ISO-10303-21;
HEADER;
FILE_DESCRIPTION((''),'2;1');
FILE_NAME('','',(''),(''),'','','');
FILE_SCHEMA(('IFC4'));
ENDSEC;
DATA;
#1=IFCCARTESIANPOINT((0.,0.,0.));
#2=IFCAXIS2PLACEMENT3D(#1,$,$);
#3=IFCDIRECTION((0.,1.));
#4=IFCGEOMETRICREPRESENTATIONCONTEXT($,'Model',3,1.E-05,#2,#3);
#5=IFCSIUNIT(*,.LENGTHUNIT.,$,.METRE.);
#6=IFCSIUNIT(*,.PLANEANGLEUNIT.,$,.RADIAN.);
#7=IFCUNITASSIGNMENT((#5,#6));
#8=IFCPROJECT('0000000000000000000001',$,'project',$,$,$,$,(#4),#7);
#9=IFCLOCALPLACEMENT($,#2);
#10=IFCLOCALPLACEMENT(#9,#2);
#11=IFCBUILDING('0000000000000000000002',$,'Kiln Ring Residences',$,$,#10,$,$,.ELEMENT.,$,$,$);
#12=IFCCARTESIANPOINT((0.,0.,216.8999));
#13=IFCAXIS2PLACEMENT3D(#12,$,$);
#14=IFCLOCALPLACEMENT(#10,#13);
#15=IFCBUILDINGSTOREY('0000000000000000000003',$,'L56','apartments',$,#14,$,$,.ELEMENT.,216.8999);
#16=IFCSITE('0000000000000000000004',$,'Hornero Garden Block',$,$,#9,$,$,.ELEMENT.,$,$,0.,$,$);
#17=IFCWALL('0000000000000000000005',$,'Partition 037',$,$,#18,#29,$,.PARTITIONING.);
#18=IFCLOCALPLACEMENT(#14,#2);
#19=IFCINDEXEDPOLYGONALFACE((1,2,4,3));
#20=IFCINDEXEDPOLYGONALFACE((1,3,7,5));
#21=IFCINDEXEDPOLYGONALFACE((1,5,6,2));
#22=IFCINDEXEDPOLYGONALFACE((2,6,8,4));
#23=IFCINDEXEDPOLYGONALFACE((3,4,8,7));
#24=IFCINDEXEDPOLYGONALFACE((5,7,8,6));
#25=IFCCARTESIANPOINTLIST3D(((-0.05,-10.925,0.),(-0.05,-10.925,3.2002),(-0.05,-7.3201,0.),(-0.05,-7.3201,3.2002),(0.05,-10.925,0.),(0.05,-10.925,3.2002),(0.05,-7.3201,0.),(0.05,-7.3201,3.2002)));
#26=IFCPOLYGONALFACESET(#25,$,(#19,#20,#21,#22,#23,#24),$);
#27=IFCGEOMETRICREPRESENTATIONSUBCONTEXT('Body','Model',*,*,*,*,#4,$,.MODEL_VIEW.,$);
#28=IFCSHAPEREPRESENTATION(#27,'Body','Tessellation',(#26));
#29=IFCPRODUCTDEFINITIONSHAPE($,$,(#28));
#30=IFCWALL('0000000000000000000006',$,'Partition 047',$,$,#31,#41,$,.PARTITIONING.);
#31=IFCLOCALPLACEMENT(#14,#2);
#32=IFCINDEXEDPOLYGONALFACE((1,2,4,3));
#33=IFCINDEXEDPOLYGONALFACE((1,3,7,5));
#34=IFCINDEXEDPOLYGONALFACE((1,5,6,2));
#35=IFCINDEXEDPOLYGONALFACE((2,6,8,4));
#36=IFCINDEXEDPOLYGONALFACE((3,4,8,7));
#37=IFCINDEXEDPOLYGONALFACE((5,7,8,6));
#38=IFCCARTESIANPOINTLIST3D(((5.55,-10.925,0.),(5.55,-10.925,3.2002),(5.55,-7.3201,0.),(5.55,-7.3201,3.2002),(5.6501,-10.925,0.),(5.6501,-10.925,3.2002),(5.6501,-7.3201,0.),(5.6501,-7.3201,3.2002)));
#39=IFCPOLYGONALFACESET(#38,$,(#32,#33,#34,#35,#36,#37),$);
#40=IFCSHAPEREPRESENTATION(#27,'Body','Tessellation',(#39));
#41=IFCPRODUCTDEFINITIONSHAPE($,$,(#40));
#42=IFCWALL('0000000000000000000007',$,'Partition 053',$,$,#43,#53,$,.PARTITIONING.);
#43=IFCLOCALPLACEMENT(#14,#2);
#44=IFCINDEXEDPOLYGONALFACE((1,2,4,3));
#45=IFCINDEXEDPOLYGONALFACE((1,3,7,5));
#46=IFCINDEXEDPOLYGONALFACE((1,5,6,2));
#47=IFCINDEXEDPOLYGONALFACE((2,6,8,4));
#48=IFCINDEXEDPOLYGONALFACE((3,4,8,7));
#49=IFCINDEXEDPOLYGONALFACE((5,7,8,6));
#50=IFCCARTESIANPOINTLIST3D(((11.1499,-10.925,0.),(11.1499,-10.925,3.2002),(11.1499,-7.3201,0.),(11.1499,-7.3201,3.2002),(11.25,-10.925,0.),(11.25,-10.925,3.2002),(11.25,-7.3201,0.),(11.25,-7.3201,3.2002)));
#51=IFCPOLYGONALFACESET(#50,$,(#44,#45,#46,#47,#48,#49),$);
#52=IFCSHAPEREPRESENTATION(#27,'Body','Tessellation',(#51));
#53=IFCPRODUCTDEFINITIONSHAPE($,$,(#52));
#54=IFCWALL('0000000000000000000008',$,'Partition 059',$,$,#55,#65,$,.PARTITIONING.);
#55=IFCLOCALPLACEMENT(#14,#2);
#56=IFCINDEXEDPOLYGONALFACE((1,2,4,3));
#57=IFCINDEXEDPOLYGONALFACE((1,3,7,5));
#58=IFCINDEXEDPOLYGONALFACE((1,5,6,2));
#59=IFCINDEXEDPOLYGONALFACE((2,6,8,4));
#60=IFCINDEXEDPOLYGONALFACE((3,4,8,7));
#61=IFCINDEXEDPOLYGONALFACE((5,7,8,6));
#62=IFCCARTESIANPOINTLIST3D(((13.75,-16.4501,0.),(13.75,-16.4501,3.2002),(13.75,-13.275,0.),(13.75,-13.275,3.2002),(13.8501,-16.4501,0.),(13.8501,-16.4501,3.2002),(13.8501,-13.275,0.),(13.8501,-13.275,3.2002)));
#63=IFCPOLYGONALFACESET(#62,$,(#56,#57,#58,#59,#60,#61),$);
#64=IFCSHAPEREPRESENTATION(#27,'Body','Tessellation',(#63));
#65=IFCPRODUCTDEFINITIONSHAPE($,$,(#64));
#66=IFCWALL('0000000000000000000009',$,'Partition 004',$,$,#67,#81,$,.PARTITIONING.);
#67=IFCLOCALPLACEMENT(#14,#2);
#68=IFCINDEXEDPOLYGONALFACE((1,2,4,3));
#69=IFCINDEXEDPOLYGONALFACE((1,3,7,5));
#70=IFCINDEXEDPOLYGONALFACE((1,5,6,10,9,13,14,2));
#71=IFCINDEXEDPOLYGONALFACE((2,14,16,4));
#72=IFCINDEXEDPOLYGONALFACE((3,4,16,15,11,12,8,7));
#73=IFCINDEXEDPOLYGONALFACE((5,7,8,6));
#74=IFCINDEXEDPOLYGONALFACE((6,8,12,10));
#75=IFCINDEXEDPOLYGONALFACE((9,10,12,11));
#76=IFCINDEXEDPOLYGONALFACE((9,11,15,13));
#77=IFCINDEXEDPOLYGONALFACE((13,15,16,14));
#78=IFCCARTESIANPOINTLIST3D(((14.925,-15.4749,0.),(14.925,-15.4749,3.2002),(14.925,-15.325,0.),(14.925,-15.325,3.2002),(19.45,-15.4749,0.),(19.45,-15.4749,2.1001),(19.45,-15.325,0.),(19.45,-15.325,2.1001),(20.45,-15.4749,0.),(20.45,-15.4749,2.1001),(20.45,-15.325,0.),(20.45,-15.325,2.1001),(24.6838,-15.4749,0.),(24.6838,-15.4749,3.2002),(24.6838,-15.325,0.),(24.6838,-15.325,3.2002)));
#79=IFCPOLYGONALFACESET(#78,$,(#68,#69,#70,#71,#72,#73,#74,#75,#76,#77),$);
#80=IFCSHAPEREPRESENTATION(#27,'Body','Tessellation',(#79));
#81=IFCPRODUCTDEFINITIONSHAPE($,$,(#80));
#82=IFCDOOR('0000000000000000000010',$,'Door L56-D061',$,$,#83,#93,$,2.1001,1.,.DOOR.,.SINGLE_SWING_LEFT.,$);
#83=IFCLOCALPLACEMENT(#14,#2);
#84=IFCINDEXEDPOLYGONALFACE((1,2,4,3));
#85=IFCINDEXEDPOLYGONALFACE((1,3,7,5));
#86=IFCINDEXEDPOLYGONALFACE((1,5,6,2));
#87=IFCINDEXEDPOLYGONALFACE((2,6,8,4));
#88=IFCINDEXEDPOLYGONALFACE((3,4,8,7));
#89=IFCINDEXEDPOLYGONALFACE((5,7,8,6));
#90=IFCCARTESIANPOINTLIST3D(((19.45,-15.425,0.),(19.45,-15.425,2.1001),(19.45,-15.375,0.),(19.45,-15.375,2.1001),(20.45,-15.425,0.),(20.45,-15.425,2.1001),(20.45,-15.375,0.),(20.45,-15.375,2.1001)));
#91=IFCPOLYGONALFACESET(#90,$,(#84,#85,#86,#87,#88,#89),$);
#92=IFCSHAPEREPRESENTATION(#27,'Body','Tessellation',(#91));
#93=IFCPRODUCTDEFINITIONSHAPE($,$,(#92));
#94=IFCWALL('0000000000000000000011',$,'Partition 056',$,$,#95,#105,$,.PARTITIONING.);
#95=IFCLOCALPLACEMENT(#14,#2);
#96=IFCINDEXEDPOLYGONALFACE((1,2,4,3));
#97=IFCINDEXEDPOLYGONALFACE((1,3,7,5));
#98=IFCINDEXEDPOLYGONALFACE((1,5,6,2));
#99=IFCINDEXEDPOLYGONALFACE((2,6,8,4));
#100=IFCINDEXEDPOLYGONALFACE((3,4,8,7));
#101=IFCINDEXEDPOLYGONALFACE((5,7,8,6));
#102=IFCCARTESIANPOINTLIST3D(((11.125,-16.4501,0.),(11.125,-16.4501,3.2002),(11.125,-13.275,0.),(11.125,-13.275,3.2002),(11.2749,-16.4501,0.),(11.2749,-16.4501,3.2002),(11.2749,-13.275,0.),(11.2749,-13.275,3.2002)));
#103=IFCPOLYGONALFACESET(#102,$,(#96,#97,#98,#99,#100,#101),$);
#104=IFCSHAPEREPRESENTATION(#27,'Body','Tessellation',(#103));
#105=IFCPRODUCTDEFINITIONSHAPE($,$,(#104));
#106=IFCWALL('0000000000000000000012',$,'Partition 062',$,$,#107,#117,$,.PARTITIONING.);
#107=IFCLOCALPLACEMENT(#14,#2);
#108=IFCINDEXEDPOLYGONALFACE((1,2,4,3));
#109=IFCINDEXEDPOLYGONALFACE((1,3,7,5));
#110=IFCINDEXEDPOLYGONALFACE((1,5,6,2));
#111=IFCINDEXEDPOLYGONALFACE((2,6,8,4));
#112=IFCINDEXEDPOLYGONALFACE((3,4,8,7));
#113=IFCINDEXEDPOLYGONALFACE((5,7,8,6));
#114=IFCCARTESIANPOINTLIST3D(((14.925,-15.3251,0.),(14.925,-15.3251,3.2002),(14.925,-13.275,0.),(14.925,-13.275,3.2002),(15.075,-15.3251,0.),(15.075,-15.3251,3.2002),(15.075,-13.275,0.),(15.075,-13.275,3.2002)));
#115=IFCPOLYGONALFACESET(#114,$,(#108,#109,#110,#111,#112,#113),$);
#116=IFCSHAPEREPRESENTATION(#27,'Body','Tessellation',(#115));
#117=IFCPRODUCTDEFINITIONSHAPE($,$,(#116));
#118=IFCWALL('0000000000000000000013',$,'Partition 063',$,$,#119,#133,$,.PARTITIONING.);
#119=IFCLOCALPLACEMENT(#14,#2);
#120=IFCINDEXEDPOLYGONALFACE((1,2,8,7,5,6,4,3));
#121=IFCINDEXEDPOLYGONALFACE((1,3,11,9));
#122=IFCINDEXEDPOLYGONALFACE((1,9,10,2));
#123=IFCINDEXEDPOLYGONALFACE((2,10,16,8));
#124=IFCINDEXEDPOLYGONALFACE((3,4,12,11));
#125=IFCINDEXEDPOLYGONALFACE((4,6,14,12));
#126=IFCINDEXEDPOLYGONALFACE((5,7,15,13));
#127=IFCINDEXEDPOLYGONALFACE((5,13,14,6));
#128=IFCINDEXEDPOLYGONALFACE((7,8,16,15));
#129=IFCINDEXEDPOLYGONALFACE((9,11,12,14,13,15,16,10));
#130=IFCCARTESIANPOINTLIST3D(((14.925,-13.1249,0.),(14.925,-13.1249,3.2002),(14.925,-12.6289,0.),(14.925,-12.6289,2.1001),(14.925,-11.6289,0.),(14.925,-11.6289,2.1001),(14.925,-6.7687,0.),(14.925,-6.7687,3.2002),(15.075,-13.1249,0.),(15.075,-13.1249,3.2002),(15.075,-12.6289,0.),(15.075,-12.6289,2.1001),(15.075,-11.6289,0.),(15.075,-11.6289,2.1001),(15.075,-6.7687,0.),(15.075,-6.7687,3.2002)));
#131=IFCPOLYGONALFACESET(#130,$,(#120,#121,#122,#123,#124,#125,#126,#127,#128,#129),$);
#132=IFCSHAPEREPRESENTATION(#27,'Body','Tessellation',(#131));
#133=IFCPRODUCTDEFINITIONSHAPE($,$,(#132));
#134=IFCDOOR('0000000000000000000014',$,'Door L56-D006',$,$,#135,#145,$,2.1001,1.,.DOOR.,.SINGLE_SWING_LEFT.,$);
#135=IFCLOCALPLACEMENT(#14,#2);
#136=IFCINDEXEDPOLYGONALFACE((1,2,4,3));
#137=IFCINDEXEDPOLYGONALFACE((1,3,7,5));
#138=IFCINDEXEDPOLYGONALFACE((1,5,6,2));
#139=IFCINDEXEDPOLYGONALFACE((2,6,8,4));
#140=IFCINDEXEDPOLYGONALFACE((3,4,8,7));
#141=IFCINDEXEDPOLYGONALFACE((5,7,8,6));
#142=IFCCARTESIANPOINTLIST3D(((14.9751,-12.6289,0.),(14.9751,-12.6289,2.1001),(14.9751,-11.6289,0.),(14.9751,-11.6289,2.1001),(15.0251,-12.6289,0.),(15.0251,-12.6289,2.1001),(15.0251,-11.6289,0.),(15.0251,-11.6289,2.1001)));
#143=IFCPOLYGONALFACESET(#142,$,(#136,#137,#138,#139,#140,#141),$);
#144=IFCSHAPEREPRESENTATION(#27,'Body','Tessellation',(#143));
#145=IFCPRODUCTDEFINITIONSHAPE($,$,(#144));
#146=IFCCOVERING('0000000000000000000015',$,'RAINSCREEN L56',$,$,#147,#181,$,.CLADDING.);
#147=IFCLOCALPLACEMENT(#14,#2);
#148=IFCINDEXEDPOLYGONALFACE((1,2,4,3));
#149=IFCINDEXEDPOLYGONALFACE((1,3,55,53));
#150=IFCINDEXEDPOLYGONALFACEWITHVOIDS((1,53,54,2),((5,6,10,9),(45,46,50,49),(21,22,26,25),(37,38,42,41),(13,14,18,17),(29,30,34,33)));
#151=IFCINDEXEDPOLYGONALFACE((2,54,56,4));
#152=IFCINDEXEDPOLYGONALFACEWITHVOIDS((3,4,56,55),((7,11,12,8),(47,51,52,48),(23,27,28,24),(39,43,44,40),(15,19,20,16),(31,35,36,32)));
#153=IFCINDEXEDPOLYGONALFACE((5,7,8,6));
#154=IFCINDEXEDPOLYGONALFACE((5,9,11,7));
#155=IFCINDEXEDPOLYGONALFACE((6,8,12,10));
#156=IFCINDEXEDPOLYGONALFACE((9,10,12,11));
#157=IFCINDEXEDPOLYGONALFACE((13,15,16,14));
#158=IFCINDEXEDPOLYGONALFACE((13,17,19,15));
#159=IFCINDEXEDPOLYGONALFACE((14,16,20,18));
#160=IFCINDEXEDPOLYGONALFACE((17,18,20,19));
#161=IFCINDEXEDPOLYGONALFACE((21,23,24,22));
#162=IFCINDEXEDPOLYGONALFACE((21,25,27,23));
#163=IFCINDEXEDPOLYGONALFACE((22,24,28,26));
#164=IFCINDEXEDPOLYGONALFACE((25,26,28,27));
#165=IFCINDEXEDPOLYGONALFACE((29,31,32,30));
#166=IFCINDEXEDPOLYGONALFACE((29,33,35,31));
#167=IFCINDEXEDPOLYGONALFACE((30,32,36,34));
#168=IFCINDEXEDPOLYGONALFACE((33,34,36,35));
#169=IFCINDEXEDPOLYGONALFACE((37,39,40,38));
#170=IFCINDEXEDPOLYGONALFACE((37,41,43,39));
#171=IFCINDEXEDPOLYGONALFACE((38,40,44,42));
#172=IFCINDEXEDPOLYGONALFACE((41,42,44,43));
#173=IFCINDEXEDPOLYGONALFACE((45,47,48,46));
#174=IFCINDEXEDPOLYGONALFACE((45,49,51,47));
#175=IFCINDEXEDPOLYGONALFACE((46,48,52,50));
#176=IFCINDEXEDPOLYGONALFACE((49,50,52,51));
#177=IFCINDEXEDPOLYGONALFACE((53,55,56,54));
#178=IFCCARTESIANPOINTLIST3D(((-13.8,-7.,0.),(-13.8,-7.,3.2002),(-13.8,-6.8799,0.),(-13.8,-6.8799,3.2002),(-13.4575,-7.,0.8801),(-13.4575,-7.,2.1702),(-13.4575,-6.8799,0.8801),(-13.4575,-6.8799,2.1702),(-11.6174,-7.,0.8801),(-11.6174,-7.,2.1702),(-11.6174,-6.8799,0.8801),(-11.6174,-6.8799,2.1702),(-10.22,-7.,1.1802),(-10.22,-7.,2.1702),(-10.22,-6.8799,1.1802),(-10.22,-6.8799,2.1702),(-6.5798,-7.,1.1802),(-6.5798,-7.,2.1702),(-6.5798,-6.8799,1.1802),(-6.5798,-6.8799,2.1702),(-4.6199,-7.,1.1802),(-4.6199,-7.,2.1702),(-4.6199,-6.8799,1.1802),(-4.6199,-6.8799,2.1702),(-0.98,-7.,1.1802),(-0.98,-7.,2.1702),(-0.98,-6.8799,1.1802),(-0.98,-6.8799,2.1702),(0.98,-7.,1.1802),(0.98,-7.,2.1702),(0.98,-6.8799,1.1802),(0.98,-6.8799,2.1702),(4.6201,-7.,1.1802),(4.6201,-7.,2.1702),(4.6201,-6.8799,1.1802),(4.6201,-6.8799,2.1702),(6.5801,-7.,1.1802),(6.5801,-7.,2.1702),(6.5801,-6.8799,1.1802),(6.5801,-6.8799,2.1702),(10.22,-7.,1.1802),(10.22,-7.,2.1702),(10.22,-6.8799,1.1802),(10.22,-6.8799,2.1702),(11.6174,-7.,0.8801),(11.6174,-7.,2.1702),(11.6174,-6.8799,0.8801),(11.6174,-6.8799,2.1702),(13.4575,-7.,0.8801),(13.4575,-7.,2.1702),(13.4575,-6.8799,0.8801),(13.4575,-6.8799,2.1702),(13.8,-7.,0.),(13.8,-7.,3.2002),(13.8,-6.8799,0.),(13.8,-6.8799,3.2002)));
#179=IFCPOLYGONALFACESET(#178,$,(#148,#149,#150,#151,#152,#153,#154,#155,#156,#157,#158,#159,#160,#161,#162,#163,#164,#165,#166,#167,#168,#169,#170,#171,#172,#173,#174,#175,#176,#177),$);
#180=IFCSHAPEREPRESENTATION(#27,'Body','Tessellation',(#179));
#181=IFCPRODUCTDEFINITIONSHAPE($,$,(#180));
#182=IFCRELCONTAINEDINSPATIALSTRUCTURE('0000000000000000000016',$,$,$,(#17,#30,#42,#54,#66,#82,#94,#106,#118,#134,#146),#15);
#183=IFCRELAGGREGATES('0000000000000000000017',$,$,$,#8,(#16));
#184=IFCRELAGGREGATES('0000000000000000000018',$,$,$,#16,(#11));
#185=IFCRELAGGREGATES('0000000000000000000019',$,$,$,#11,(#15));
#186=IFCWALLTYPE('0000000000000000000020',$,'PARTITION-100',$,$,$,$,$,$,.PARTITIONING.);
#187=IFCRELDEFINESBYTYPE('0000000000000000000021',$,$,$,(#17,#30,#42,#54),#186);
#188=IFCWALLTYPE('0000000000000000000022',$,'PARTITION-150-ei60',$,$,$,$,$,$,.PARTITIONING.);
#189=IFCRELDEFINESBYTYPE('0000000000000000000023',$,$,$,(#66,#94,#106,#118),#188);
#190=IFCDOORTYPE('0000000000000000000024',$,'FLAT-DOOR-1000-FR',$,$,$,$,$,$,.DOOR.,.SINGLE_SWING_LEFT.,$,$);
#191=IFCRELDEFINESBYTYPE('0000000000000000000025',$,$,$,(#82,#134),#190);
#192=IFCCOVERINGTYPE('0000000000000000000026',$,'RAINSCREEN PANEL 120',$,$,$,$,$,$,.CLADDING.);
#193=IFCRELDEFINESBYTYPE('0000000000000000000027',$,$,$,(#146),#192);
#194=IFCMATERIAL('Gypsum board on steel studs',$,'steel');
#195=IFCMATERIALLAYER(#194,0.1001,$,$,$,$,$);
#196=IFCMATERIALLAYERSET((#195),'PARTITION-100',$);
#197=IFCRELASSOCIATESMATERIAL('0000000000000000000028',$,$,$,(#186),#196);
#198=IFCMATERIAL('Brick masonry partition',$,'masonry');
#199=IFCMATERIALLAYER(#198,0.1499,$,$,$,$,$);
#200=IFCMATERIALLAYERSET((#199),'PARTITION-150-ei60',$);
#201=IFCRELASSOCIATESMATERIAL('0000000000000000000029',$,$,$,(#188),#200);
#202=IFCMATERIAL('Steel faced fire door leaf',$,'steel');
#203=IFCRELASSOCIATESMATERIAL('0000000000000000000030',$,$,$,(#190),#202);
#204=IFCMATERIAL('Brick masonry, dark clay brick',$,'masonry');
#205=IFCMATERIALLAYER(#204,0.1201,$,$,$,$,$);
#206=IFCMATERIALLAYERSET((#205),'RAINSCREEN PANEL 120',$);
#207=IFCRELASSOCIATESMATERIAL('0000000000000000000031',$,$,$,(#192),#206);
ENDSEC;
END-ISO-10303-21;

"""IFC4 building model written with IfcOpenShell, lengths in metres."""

from ifc_helpers import new_model, si_unit, direction, frame, frame_2d, origin, place, context, subcontext, project, spatial, polyline, rectangle, outline, extrude, material, layer, layer_set, type_object, element, fill, save


model = new_model("IFC4")

# Units and contexts
model_context = context("Model", 3, precision=1e-05, world=origin(), true_north=direction((0.0, 1.0)))
body_context = subcontext(model_context, "Body", "Model", "MODEL_VIEW")
ifc_project = project(units=[si_unit("LENGTHUNIT", "METRE"), si_unit("PLANEANGLEUNIT", "RADIAN")], contexts=[model_context])

# Site, building, storey
site_placement = place(None, origin())
site = spatial("IfcSite", under=ifc_project, at=site_placement, Name="Hornero Garden Block", CompositionType="ELEMENT", RefElevation=0.0)
building_placement = place(site_placement, origin())
building = spatial("IfcBuilding", under=site, at=building_placement, Name="Kiln Ring Residences", CompositionType="ELEMENT")
storey_placement = place(building_placement, frame((0.0, 0.0, 216.8999)))
storey = spatial("IfcBuildingStorey", under=building, at=storey_placement, Name="L56", Description="apartments", CompositionType="ELEMENT", Elevation=216.8999)

# Walls
ifc_material_1 = material(Name="Gypsum board on steel studs", Category="steel")
ifc_layer_1 = layer(ifc_material_1, 0.1001)
ifc_layer_set_1 = layer_set([ifc_layer_1], Name="PARTITION-100")
wall_type_1 = type_object("IfcWallType", Name="PARTITION-100", PredefinedType="PARTITIONING", material=ifc_layer_set_1)
for number, where, z_axis, x_axis, name in (
    (1, (0.0, -10.925, 0.0), (0.0, 0.0, 1.0), (0.0, 1.0, 0.0), "Partition 037"),
    (2, (5.6001, -10.925, 0.0), (0.0, 0.0, 1.0), (0.0, 1.0, 0.0), "Partition 047"),
    (3, (11.2, -10.925, 0.0), (0.0, 0.0, 1.0), (0.0, 1.0, 0.0), "Partition 053"),
):
    element("IfcWall", number, at=place(storey_placement, frame(where, z_axis=z_axis, x_axis=x_axis)), inside=storey, type_object=wall_type_1, Name=name, PredefinedType="PARTITIONING", context=body_context, shape_type="SweptSolid", body=[
        extrude(rectangle(XDim=3.605, YDim=0.1001, at=frame_2d((1.8025, 0.0))), origin(), (0.0, 0.0, 1.0), 3.2002),
    ])
wall_1_placement = place(storey_placement, frame((13.8, -16.45, 0.0), z_axis=(0.0, 0.0, 1.0), x_axis=(0.0, 1.0, 0.0)))
element("IfcWall", 4, at=wall_1_placement, inside=storey, type_object=wall_type_1, Name="Partition 059", PredefinedType="PARTITIONING", context=body_context, shape_type="SweptSolid", body=[
    extrude(rectangle(XDim=3.175, YDim=0.1001, at=frame_2d((1.5874, 0.0))), origin(), (0.0, 0.0, 1.0), 3.2002),
])

# Wall, opening, door
ifc_material_2 = material(Name="Brick masonry partition", Category="masonry")
ifc_layer_2 = layer(ifc_material_2, 0.1499)
ifc_layer_set_2 = layer_set([ifc_layer_2], Name="PARTITION-150-ei60")
wall_type_2 = type_object("IfcWallType", Name="PARTITION-150-ei60", PredefinedType="PARTITIONING", material=ifc_layer_set_2)
wall_2_placement = place(storey_placement, frame((14.925, -15.3999, 0.0), z_axis=(0.0, 0.0, 1.0), x_axis=(1.0, 0.0, 0.0)))
wall_2 = element("IfcWall", 5, at=wall_2_placement, inside=storey, type_object=wall_type_2, Name="Partition 004", PredefinedType="PARTITIONING", context=body_context, shape_type="SweptSolid", body=[
    extrude(rectangle(XDim=9.7588, YDim=0.1499, at=frame_2d((4.8794, 0.0))), origin(), (0.0, 0.0, 1.0), 3.2002),
])
opening_1_placement = place(wall_2_placement, frame((4.5249, 0.0, 0.0)))
opening_1 = element("IfcOpeningElement", 6, at=opening_1_placement, cuts=wall_2, PredefinedType="OPENING", context=body_context, shape_type="SweptSolid", body=[
    extrude(rectangle(XDim=1.0, YDim=2.1001, at=frame_2d((0.5, 1.05))), frame((0.0, 0.085, 0.0), z_axis=(0.0, -1.0, 0.0), x_axis=(1.0, 0.0, 0.0)), (0.0, 0.0, 1.0), 0.1699),
])
ifc_material_3 = material(Name="Steel faced fire door leaf", Category="steel")
door_type = type_object("IfcDoorType", Name="FLAT-DOOR-1000-FR", OperationType="SINGLE_SWING_LEFT", PredefinedType="DOOR", material=ifc_material_3)
door_1_placement = place(opening_1_placement, origin())
door_1 = element("IfcDoor", 7, at=door_1_placement, inside=storey, type_object=door_type, Name="Door L56-D061", OperationType="SINGLE_SWING_LEFT", OverallHeight=2.1001, OverallWidth=1.0, PredefinedType="DOOR", context=body_context, shape_type="SweptSolid", body=[
    extrude(rectangle(XDim=1.0, YDim=2.1001, at=frame_2d((0.5, 1.05))), frame((0.0, 0.0249, 0.0), z_axis=(0.0, -1.0, 0.0), x_axis=(1.0, 0.0, 0.0)), (0.0, 0.0, 1.0), 0.05),
])
fill(opening_1, door_1)

# Walls
wall_3_placement = place(storey_placement, frame((11.2, -16.45, 0.0), z_axis=(0.0, 0.0, 1.0), x_axis=(0.0, 1.0, 0.0)))
element("IfcWall", 8, at=wall_3_placement, inside=storey, type_object=wall_type_2, Name="Partition 056", PredefinedType="PARTITIONING", context=body_context, shape_type="SweptSolid", body=[
    extrude(rectangle(XDim=3.175, YDim=0.1499, at=frame_2d((1.5874, 0.0))), origin(), (0.0, 0.0, 1.0), 3.2002),
])
wall_4_placement = place(storey_placement, frame((15.0, -15.325, 0.0), z_axis=(0.0, 0.0, 1.0), x_axis=(0.0, 1.0, 0.0)))
element("IfcWall", 9, at=wall_4_placement, inside=storey, type_object=wall_type_2, Name="Partition 062", PredefinedType="PARTITIONING", context=body_context, shape_type="SweptSolid", body=[
    extrude(rectangle(XDim=2.05, YDim=0.1499, at=frame_2d((1.0249, 0.0))), origin(), (0.0, 0.0, 1.0), 3.2002),
])

# Wall, opening, door
wall_5_placement = place(storey_placement, frame((15.0, -13.125, 0.0), z_axis=(0.0, 0.0, 1.0), x_axis=(0.0, 1.0, 0.0)))
wall_5 = element("IfcWall", 10, at=wall_5_placement, inside=storey, type_object=wall_type_2, Name="Partition 063", PredefinedType="PARTITIONING", context=body_context, shape_type="SweptSolid", body=[
    extrude(rectangle(XDim=6.3562, YDim=0.1499, at=frame_2d((3.1782, 0.0))), origin(), (0.0, 0.0, 1.0), 3.2002),
])
opening_2_placement = place(wall_5_placement, frame((0.4961, 0.0, 0.0)))
opening_2 = element("IfcOpeningElement", 11, at=opening_2_placement, cuts=wall_5, PredefinedType="OPENING", context=body_context, shape_type="SweptSolid", body=[
    extrude(rectangle(XDim=1.0, YDim=2.1001, at=frame_2d((0.5, 1.05))), frame((0.0, 0.085, 0.0), z_axis=(0.0, -1.0, 0.0), x_axis=(1.0, 0.0, 0.0)), (0.0, 0.0, 1.0), 0.1699),
])
door_2_placement = place(opening_2_placement, origin())
door_2 = element("IfcDoor", 12, at=door_2_placement, inside=storey, type_object=door_type, Name="Door L56-D006", OperationType="SINGLE_SWING_LEFT", OverallHeight=2.1001, OverallWidth=1.0, PredefinedType="DOOR", context=body_context, shape_type="SweptSolid", body=[
    extrude(rectangle(XDim=1.0, YDim=2.1001, at=frame_2d((0.5, 1.05))), frame((0.0, 0.0249, 0.0), z_axis=(0.0, -1.0, 0.0), x_axis=(1.0, 0.0, 0.0)), (0.0, 0.0, 1.0), 0.05),
])
fill(opening_2, door_2)

# Covering
ifc_material_4 = material(Name="Brick masonry, dark clay brick", Category="masonry")
ifc_layer_3 = layer(ifc_material_4, 0.1201)
ifc_layer_set_3 = layer_set([ifc_layer_3], Name="RAINSCREEN PANEL 120")
covering_type = type_object("IfcCoveringType", Name="RAINSCREEN PANEL 120", PredefinedType="CLADDING", material=ifc_layer_set_3)
covering_placement = place(storey_placement, frame((13.8, -6.9399, 0.0), z_axis=(0.0, 0.0, 1.0), x_axis=(-1.0, 0.0, 0.0)))
element("IfcCovering", 13, at=covering_placement, inside=storey, type_object=covering_type, Name="RAINSCREEN L56", PredefinedType="CLADDING", context=body_context, shape_type="SweptSolid", body=[
    extrude(outline(polyline([(0.0, 0.0), (27.6001, 0.0), (27.6001, 3.2002), (0.0, 3.2002), (0.0, 0.0)]), holes=[polyline([(2.1826, 0.8801), (2.1826, 2.1702), (0.3425, 2.1702), (0.3425, 0.8801), (2.1826, 0.8801)]), polyline([(25.4175, 0.8801), (27.2576, 0.8801), (27.2576, 2.1702), (25.4175, 2.1702), (25.4175, 0.8801)]), polyline([(3.5801, 1.1802), (7.22, 1.1802), (7.22, 2.1702), (3.5801, 2.1702), (3.5801, 1.1802)]), polyline([(12.8201, 1.1802), (12.8201, 2.1702), (9.1799, 2.1702), (9.1799, 1.1802), (12.8201, 1.1802)]), polyline([(14.78, 1.1802), (18.4199, 1.1802), (18.4199, 2.1702), (14.78, 2.1702), (14.78, 1.1802)]), polyline([(20.3799, 1.1802), (24.02, 1.1802), (24.02, 2.1702), (20.3799, 2.1702), (20.3799, 1.1802)])]), frame((0.0, 0.0601, 0.0), z_axis=(0.0, -1.0, 0.0), x_axis=(1.0, 0.0, 0.0)), (0.0, 0.0, 1.0), 0.1201),
])

save(model, "model.ifc")
